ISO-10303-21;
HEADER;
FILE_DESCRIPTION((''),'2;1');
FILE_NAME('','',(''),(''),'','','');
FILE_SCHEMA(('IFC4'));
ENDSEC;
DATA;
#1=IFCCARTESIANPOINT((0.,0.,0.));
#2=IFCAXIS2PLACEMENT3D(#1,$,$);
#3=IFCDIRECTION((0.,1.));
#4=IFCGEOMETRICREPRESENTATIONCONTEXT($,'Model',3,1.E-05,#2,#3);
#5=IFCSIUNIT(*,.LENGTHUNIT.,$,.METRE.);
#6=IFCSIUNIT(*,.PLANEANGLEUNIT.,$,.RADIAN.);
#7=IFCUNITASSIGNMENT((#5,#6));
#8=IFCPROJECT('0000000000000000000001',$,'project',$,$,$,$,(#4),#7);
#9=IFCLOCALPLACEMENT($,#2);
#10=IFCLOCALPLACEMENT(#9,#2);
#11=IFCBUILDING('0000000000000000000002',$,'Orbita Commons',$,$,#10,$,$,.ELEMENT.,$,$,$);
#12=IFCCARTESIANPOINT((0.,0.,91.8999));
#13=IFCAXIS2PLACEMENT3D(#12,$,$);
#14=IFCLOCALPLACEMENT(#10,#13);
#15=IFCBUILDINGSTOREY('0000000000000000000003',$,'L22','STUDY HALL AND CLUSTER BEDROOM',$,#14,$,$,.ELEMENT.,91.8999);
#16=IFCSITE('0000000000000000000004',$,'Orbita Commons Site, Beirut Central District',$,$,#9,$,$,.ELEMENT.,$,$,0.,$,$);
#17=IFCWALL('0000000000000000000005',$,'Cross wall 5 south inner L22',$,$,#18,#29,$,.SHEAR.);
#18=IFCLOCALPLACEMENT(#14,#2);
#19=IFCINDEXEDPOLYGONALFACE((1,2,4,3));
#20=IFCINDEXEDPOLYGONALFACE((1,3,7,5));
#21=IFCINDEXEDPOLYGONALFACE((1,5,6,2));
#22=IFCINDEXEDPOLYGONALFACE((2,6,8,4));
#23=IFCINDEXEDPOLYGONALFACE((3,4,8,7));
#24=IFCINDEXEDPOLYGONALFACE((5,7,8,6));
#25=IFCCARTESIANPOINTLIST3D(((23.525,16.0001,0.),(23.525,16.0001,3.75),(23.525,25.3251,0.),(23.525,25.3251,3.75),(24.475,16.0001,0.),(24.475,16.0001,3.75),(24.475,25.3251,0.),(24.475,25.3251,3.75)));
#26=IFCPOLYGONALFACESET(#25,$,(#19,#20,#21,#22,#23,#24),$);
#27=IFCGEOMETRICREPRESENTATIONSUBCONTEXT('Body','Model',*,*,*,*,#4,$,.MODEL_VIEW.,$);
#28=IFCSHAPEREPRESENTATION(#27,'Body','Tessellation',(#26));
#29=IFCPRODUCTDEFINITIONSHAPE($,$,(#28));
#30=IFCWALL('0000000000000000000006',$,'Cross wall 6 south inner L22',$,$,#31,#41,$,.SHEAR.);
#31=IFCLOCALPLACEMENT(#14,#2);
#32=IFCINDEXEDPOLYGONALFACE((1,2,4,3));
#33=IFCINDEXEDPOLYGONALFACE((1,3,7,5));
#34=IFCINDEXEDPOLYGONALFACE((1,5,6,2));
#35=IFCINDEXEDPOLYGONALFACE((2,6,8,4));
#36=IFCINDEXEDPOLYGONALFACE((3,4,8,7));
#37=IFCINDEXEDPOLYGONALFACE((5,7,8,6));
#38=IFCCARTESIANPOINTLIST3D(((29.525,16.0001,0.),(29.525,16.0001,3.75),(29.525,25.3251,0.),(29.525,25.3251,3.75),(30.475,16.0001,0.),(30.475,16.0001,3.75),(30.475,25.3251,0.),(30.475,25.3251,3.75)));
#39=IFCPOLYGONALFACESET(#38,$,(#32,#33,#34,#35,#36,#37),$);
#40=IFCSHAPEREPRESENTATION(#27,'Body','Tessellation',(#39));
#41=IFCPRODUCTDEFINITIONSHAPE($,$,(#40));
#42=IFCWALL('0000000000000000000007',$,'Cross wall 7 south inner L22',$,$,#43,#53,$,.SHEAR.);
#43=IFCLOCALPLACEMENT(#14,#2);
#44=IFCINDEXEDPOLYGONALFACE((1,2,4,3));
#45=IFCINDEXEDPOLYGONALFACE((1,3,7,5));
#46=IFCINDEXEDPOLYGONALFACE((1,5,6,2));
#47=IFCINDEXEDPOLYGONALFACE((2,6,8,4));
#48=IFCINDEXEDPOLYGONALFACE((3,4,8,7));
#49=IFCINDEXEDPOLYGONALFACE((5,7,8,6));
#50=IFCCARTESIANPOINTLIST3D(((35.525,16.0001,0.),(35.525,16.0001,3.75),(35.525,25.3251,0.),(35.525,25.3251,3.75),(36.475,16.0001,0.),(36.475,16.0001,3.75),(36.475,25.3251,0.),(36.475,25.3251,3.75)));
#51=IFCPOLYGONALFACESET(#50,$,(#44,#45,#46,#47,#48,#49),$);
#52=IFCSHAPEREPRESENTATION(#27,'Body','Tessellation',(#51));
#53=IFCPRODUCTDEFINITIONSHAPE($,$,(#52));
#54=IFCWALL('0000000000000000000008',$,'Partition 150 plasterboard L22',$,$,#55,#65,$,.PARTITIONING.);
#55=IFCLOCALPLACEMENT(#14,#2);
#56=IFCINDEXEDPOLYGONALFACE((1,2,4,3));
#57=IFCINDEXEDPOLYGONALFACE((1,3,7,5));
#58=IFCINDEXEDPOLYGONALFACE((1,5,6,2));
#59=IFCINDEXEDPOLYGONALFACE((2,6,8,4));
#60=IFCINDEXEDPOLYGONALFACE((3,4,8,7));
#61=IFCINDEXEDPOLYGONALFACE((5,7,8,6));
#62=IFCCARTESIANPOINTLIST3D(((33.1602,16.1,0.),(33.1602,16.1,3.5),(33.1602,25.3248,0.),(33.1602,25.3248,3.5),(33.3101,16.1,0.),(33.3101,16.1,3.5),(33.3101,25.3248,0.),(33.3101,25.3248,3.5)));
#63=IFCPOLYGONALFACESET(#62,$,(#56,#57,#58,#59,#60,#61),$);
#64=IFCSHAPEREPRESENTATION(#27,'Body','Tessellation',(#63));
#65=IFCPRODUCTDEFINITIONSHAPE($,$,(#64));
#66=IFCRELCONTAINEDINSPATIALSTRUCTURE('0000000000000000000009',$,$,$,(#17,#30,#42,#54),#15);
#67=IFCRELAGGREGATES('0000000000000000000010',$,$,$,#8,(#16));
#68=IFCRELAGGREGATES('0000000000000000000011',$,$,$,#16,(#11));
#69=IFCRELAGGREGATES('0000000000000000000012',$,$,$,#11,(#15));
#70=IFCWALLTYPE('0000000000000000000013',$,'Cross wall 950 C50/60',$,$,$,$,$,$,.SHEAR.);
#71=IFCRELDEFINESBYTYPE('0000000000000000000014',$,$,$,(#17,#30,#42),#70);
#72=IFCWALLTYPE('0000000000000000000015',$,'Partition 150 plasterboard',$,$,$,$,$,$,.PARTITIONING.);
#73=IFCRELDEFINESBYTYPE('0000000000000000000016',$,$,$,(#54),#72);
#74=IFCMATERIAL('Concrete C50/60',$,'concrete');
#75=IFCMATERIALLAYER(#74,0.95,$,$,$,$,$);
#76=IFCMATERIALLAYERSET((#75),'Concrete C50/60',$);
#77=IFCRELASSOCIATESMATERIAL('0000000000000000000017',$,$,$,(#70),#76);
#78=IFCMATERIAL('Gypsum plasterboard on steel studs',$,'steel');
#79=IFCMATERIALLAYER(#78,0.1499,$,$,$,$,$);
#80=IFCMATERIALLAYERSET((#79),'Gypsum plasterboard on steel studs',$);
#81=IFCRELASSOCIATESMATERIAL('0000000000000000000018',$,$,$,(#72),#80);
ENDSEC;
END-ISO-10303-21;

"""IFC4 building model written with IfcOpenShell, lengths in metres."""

from ifc_helpers import new_model, si_unit, direction, frame, frame_2d, origin, place, context, subcontext, project, spatial, rectangle, extrude, material, layer, layer_set, type_object, element, save


model = new_model("IFC4")

# Units and contexts
model_context = context("Model", 3, precision=1e-05, world=origin(), true_north=direction((0.0, 1.0)))
body_context = subcontext(model_context, "Body", "Model", "MODEL_VIEW")
ifc_project = project(units=[si_unit("LENGTHUNIT", "METRE"), si_unit("PLANEANGLEUNIT", "RADIAN")], contexts=[model_context])

# Site, building, storey
site_placement = place(None, origin())
site = spatial("IfcSite", under=ifc_project, at=site_placement, Name="Orbita Commons Site, Beirut Central District", CompositionType="ELEMENT", RefElevation=0.0)
building_placement = place(site_placement, origin())
building = spatial("IfcBuilding", under=site, at=building_placement, Name="Orbita Commons", CompositionType="ELEMENT")
storey_placement = place(building_placement, frame((0.0, 0.0, 91.8999)))
storey = spatial("IfcBuildingStorey", under=building, at=storey_placement, Name="L22", Description="STUDY HALL AND CLUSTER BEDROOM", CompositionType="ELEMENT", Elevation=91.8999)

# Walls
ifc_material_1 = material(Name="Concrete C50/60", Category="concrete")
ifc_layer_1 = layer(ifc_material_1, 0.95)
ifc_layer_set_1 = layer_set([ifc_layer_1], Name="Concrete C50/60")
wall_type_1 = type_object("IfcWallType", Name="Cross wall 950 C50/60", PredefinedType="SHEAR", material=ifc_layer_set_1)
for number, where, z_axis, x_axis, name in (
    (1, (24.0, 16.0, 0.0), (0.0, 0.0, 1.0), (0.0, 1.0, 0.0), "Cross wall 5 south inner L22"),
    (2, (30.0, 16.0, 0.0), (0.0, 0.0, 1.0), (0.0, 1.0, 0.0), "Cross wall 6 south inner L22"),
    (3, (36.0, 16.0, 0.0), (0.0, 0.0, 1.0), (0.0, 1.0, 0.0), "Cross wall 7 south inner L22"),
):
    element("IfcWall", number, at=place(storey_placement, frame(where, z_axis=z_axis, x_axis=x_axis)), inside=storey, type_object=wall_type_1, Name=name, PredefinedType="SHEAR", context=body_context, shape_type="SweptSolid", body=[
        extrude(rectangle(XDim=9.325, YDim=0.95, at=frame_2d((4.6626, 0.0))), origin(), (0.0, 0.0, 1.0), 3.75),
    ])
ifc_material_2 = material(Name="Gypsum plasterboard on steel studs", Category="steel")
ifc_layer_2 = layer(ifc_material_2, 0.1499)
ifc_layer_set_2 = layer_set([ifc_layer_2], Name="Gypsum plasterboard on steel studs")
wall_type_2 = type_object("IfcWallType", Name="Partition 150 plasterboard", PredefinedType="PARTITIONING", material=ifc_layer_set_2)
wall_1_placement = place(storey_placement, frame((33.2351, 16.1001, 0.0), z_axis=(0.0, 0.0, 1.0), x_axis=(0.0, 1.0, 0.0)))
element("IfcWall", 4, at=wall_1_placement, inside=storey, type_object=wall_type_2, Name="Partition 150 plasterboard L22", PredefinedType="PARTITIONING", context=body_context, shape_type="SweptSolid", body=[
    extrude(rectangle(XDim=9.2249, YDim=0.1499, at=frame_2d((4.6123, 0.0))), origin(), (0.0, 0.0, 1.0), 3.5),
])

save(model, "model.ifc")
